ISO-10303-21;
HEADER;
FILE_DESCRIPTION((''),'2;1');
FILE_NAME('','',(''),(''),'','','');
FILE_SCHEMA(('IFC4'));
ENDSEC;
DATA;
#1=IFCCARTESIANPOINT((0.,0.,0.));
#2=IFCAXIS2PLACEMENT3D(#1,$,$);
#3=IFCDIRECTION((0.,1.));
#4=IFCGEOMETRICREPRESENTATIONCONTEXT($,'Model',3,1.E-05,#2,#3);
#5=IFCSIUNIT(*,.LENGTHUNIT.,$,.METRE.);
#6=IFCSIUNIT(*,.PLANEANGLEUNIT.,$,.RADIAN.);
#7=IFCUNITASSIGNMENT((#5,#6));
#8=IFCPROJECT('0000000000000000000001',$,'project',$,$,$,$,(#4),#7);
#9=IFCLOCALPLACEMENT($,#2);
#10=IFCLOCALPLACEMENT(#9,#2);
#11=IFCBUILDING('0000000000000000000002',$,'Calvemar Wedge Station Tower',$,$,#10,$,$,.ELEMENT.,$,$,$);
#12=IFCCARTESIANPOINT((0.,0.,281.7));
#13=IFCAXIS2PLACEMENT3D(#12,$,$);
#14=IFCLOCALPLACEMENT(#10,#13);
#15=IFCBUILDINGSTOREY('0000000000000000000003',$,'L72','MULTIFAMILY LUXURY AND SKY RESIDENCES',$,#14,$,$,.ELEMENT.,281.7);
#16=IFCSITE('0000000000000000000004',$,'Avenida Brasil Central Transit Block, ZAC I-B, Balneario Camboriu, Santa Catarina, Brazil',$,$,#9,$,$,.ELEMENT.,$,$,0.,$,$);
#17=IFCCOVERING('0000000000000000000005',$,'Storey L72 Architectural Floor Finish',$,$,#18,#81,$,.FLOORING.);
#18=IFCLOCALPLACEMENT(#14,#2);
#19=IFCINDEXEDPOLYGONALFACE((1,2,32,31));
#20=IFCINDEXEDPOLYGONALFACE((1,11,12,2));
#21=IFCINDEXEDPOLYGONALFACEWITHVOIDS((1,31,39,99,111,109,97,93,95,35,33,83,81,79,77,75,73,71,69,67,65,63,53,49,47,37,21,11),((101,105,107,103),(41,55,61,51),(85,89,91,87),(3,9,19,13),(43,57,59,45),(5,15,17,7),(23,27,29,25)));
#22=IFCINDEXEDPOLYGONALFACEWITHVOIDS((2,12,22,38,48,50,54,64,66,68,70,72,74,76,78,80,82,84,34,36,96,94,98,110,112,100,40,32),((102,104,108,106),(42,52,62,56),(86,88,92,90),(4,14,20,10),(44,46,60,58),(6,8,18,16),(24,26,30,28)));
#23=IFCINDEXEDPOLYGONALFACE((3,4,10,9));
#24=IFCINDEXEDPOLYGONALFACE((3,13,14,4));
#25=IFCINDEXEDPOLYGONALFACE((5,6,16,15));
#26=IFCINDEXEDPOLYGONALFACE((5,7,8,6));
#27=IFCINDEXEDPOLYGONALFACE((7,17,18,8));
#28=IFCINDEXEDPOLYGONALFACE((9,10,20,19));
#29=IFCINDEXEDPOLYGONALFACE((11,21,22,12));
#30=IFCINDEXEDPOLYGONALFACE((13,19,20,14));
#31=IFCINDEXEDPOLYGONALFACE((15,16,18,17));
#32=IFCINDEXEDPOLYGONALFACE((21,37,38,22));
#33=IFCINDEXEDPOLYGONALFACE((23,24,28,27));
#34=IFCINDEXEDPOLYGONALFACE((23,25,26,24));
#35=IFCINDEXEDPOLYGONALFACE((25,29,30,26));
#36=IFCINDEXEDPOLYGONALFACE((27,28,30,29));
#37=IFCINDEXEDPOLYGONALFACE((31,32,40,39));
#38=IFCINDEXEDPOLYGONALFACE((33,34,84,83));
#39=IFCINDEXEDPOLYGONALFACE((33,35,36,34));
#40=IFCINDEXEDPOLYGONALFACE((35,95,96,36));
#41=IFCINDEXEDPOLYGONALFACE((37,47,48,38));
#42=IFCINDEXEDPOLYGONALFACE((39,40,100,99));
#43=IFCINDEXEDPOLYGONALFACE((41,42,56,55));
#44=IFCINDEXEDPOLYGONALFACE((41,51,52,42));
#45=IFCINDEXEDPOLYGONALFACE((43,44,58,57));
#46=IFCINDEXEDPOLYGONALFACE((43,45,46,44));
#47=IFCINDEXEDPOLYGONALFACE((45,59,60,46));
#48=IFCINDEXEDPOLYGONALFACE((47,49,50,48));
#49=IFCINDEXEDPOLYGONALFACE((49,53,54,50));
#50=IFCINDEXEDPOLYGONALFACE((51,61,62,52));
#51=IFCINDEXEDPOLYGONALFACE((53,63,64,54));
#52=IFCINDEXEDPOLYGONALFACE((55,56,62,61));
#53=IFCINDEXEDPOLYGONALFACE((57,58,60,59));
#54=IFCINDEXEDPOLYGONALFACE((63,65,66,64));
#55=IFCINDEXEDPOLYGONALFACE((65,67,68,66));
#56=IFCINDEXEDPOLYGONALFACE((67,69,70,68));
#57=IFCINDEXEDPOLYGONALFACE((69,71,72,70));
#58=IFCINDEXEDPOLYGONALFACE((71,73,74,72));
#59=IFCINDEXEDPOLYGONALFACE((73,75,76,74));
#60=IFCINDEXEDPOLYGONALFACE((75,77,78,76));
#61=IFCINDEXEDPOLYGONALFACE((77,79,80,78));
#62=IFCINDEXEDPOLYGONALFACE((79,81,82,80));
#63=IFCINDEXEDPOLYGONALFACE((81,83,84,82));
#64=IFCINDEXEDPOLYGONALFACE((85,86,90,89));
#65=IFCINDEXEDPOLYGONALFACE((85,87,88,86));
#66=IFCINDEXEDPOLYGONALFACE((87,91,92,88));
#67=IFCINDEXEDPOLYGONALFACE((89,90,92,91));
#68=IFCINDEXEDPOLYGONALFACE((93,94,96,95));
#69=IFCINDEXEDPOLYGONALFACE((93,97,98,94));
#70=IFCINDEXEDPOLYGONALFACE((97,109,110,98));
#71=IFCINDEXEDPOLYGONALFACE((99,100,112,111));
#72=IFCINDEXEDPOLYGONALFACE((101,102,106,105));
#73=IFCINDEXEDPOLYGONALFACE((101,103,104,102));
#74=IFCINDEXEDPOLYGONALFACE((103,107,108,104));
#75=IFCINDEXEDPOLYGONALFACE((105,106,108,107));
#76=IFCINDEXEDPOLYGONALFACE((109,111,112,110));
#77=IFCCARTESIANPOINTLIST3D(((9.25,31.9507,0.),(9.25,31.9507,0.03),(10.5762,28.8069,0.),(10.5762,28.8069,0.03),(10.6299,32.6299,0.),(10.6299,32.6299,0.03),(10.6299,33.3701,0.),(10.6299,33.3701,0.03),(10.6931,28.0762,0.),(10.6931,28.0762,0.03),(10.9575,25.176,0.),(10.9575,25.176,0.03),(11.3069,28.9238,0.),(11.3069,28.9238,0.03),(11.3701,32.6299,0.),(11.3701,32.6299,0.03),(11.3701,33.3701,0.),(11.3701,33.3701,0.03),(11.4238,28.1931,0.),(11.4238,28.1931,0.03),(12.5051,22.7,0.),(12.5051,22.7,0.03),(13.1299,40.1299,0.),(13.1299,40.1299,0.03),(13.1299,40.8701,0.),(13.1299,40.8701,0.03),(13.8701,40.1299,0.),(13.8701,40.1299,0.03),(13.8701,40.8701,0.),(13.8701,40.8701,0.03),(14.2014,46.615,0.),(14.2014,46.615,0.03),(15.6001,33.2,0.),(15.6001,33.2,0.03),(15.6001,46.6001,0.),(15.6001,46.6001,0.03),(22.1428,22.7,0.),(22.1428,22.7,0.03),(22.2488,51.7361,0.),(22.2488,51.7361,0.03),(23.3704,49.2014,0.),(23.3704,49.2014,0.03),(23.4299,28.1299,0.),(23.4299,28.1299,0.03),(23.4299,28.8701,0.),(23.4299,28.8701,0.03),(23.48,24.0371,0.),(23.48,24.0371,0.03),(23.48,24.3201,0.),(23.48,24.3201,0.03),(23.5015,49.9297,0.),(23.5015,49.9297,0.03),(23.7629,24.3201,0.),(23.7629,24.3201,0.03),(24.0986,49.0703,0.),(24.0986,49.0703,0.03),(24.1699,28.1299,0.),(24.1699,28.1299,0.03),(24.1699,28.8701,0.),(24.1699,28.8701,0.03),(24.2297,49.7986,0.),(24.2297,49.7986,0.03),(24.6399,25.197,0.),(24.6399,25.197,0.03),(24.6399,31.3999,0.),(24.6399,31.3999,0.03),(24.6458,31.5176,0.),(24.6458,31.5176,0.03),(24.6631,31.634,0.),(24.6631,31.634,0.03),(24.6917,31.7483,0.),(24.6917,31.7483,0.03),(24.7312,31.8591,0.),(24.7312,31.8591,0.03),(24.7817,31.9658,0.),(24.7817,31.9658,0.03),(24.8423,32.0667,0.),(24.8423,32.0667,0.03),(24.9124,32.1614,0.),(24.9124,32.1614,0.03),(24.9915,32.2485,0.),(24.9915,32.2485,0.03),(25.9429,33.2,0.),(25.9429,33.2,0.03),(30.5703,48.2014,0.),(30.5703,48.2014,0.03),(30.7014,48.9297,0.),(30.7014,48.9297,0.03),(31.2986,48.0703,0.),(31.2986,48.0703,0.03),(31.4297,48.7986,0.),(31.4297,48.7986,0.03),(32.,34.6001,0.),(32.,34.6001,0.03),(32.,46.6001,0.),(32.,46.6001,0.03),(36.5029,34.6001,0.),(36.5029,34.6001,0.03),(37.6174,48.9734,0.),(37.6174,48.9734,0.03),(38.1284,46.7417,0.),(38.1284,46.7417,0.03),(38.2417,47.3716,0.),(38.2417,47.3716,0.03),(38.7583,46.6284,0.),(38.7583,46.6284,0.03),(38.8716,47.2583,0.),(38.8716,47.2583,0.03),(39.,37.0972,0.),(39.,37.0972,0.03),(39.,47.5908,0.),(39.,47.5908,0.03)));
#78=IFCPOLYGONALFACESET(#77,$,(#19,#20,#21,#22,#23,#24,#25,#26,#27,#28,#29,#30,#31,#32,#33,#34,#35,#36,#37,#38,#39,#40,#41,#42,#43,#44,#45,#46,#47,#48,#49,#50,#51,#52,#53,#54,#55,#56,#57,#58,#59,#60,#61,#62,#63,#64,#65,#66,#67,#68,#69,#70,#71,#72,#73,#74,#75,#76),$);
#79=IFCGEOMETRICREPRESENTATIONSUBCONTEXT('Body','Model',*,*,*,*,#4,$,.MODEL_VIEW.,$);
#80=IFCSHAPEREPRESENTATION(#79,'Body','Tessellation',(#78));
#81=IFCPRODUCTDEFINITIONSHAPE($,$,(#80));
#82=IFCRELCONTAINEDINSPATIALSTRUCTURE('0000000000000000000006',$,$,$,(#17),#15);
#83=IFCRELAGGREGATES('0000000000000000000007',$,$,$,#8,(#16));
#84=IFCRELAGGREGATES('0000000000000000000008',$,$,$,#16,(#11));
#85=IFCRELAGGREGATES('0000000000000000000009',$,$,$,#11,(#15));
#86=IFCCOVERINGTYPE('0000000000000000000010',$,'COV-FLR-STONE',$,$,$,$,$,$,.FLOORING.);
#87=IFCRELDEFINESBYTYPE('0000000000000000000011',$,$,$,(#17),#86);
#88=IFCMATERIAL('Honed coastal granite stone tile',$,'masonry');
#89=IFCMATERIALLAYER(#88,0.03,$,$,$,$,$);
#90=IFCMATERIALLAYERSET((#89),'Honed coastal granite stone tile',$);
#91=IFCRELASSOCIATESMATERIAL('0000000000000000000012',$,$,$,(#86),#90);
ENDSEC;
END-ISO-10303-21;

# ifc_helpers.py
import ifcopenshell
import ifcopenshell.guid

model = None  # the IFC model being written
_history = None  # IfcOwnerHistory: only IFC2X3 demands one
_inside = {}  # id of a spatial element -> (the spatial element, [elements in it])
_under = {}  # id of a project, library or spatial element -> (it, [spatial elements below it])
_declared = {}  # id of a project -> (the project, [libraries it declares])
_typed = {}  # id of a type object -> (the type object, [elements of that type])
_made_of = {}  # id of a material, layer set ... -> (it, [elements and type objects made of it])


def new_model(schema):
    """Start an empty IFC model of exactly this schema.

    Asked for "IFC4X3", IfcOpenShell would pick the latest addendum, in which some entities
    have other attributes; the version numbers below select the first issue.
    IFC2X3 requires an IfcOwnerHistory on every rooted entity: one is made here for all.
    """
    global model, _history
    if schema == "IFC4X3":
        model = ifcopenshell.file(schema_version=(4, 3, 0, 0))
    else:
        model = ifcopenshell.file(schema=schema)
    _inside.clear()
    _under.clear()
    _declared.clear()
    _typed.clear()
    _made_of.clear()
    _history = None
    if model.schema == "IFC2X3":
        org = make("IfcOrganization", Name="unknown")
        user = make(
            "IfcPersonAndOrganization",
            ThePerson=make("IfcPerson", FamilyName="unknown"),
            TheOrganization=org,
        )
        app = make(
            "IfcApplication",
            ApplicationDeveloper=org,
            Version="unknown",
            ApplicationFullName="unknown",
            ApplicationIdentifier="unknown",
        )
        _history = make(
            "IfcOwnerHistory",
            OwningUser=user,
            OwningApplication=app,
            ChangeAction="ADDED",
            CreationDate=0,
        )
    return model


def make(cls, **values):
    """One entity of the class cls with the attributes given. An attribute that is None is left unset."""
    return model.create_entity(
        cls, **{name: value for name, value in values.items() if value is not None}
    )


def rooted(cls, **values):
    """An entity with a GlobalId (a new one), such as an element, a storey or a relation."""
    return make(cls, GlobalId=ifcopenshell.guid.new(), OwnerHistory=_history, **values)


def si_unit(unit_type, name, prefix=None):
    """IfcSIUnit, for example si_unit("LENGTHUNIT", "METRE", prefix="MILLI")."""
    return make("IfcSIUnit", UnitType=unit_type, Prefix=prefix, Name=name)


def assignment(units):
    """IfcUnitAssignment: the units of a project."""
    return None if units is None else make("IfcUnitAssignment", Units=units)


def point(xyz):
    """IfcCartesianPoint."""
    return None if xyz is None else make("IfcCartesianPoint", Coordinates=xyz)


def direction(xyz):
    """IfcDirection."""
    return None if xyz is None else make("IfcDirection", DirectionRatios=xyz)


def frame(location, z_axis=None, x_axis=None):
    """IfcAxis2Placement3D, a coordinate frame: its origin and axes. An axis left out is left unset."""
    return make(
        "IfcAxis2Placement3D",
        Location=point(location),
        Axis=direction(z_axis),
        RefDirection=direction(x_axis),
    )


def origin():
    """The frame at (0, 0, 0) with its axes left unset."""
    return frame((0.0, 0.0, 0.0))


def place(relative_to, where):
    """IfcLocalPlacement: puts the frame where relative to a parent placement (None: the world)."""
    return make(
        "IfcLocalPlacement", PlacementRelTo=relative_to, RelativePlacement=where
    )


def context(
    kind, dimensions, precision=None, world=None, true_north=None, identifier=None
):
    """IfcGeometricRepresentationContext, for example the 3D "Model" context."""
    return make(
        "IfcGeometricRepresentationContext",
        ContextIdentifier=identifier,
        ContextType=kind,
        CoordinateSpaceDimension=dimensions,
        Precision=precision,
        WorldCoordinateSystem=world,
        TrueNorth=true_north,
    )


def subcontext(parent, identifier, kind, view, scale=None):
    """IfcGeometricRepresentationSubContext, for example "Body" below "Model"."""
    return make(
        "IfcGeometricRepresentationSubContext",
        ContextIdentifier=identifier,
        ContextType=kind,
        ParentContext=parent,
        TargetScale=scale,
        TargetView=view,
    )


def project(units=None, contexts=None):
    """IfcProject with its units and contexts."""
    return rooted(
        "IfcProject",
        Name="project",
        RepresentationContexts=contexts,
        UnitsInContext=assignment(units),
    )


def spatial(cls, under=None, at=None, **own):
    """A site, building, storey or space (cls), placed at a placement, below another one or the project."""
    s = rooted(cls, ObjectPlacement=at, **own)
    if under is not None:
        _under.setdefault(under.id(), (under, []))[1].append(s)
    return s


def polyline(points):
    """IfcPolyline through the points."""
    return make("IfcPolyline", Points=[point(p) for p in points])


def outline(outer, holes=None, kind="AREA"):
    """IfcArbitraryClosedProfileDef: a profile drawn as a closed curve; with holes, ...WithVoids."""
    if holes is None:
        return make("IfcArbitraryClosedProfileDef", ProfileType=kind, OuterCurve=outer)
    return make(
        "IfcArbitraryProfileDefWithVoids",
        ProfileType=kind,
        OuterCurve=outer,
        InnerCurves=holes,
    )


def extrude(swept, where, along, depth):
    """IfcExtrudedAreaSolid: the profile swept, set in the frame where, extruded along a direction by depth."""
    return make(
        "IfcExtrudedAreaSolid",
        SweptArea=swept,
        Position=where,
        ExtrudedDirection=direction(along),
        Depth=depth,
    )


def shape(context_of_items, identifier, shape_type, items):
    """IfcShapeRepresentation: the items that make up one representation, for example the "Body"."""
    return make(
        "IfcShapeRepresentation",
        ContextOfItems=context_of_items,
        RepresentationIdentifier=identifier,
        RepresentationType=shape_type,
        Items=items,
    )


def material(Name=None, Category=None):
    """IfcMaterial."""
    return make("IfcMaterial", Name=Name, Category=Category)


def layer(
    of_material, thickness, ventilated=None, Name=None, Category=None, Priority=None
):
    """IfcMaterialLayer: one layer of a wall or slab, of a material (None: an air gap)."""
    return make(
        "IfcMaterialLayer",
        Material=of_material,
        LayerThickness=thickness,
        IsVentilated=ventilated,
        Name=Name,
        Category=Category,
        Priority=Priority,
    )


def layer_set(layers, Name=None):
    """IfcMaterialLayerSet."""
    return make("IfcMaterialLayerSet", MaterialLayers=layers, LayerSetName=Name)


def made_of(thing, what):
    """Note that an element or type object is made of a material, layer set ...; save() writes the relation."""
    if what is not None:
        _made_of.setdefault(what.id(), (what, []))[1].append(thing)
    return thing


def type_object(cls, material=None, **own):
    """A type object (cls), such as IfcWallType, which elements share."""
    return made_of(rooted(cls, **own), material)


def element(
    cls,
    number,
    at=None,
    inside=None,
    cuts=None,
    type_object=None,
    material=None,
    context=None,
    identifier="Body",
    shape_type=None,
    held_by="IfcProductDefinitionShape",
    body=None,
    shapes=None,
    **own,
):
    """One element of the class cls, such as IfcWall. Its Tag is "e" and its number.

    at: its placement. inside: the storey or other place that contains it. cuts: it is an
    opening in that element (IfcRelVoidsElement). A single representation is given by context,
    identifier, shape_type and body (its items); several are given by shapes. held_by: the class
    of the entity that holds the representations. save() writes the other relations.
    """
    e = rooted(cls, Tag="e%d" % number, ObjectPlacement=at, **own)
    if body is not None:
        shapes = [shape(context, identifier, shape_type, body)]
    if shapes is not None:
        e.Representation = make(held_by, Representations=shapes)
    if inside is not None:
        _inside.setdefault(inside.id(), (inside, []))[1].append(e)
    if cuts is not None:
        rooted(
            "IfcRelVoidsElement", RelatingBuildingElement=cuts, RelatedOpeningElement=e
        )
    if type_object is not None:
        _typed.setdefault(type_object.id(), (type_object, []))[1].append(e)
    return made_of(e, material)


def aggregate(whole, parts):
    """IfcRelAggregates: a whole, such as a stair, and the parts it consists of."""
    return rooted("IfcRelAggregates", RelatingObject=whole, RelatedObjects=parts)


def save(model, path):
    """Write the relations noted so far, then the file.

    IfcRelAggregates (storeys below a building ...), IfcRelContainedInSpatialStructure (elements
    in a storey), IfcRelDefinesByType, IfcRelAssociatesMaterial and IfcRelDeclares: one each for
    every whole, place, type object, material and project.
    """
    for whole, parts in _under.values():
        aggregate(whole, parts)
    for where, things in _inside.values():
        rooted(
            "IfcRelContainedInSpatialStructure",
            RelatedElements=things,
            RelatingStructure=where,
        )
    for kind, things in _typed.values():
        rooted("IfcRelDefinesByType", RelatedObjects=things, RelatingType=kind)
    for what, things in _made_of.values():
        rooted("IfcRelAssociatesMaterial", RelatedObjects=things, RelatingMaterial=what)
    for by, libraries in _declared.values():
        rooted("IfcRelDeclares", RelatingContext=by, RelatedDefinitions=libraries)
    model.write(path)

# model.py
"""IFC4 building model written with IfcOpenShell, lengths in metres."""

from ifc_helpers import new_model, si_unit, direction, frame, origin, place, context, subcontext, project, spatial, polyline, outline, extrude, material, layer, layer_set, type_object, element, save


model = new_model("IFC4")

# Units and contexts
model_context = context("Model", 3, precision=1e-05, world=origin(), true_north=direction((0.0, 1.0)))
body_context = subcontext(model_context, "Body", "Model", "MODEL_VIEW")
ifc_project = project(units=[si_unit("LENGTHUNIT", "METRE"), si_unit("PLANEANGLEUNIT", "RADIAN")], contexts=[model_context])

# Site, building, storey
site_placement = place(None, origin())
site = spatial("IfcSite", under=ifc_project, at=site_placement, Name="Avenida Brasil Central Transit Block, ZAC I-B, Balneario Camboriu, Santa Catarina, Brazil", CompositionType="ELEMENT", RefElevation=0.0)
building_placement = place(site_placement, origin())
building = spatial("IfcBuilding", under=site, at=building_placement, Name="Calvemar Wedge Station Tower", CompositionType="ELEMENT")
storey_placement = place(building_placement, frame((0.0, 0.0, 281.7)))
storey = spatial("IfcBuildingStorey", under=building, at=storey_placement, Name="L72", Description="MULTIFAMILY LUXURY AND SKY RESIDENCES", CompositionType="ELEMENT", Elevation=281.7)

# Covering
ifc_material_1 = material(Name="Honed coastal granite stone tile", Category="masonry")
ifc_layer_1 = layer(ifc_material_1, 0.03)
ifc_layer_set_1 = layer_set([ifc_layer_1], Name="Honed coastal granite stone tile")
covering_type_1 = type_object("IfcCoveringType", Name="COV-FLR-STONE", PredefinedType="FLOORING", material=ifc_layer_set_1)
covering_1_placement = place(storey_placement, origin())
element("IfcCovering", 1, at=covering_1_placement, inside=storey, type_object=covering_type_1, Name="Storey L72 Architectural Floor Finish", PredefinedType="FLOORING", context=body_context, shape_type="SweptSolid", body=[
    extrude(outline(polyline([(32.0, 46.6001), (32.0, 34.6001), (36.5029, 34.6001), (39.0, 37.0972), (39.0, 47.5908), (37.6174, 48.9734), (22.2488, 51.7361), (14.2014, 46.615), (9.25, 31.9507), (10.9575, 25.176), (12.5051, 22.7), (22.1428, 22.7), (23.48, 24.0371), (23.48, 24.3201), (23.7629, 24.3201), (24.6399, 25.197), (24.6399, 31.3999), (24.6458, 31.5176), (24.6631, 31.634), (24.6917, 31.7483), (24.7312, 31.8591), (24.7817, 31.9658), (24.8423, 32.0667), (24.9124, 32.1614), (24.9915, 32.2485), (25.9429, 33.2), (15.6001, 33.2), (15.6001, 46.6001), (32.0, 46.6001)]), holes=[polyline([(10.6299, 32.6299), (10.6299, 33.3701), (11.3701, 33.3701), (11.3701, 32.6299), (10.6299, 32.6299)]), polyline([(13.1299, 40.8701), (13.8701, 40.8701), (13.8701, 40.1299), (13.1299, 40.1299), (13.1299, 40.8701)]), polyline([(24.2297, 49.7986), (24.0986, 49.0703), (23.3704, 49.2014), (23.5015, 49.9297), (24.2297, 49.7986)]), polyline([(31.2986, 48.0703), (30.5703, 48.2014), (30.7014, 48.9297), (31.4297, 48.7986), (31.2986, 48.0703)]), polyline([(38.1284, 46.7417), (38.2417, 47.3716), (38.8716, 47.2583), (38.7583, 46.6284), (38.1284, 46.7417)]), polyline([(11.3069, 28.9238), (11.4238, 28.1931), (10.6931, 28.0762), (10.5762, 28.8069), (11.3069, 28.9238)]), polyline([(24.1699, 28.8701), (24.1699, 28.1299), (23.4299, 28.1299), (23.4299, 28.8701), (24.1699, 28.8701)])]), origin(), (0.0, 0.0, 1.0), 0.03),
])

save(model, "model.ifc")
